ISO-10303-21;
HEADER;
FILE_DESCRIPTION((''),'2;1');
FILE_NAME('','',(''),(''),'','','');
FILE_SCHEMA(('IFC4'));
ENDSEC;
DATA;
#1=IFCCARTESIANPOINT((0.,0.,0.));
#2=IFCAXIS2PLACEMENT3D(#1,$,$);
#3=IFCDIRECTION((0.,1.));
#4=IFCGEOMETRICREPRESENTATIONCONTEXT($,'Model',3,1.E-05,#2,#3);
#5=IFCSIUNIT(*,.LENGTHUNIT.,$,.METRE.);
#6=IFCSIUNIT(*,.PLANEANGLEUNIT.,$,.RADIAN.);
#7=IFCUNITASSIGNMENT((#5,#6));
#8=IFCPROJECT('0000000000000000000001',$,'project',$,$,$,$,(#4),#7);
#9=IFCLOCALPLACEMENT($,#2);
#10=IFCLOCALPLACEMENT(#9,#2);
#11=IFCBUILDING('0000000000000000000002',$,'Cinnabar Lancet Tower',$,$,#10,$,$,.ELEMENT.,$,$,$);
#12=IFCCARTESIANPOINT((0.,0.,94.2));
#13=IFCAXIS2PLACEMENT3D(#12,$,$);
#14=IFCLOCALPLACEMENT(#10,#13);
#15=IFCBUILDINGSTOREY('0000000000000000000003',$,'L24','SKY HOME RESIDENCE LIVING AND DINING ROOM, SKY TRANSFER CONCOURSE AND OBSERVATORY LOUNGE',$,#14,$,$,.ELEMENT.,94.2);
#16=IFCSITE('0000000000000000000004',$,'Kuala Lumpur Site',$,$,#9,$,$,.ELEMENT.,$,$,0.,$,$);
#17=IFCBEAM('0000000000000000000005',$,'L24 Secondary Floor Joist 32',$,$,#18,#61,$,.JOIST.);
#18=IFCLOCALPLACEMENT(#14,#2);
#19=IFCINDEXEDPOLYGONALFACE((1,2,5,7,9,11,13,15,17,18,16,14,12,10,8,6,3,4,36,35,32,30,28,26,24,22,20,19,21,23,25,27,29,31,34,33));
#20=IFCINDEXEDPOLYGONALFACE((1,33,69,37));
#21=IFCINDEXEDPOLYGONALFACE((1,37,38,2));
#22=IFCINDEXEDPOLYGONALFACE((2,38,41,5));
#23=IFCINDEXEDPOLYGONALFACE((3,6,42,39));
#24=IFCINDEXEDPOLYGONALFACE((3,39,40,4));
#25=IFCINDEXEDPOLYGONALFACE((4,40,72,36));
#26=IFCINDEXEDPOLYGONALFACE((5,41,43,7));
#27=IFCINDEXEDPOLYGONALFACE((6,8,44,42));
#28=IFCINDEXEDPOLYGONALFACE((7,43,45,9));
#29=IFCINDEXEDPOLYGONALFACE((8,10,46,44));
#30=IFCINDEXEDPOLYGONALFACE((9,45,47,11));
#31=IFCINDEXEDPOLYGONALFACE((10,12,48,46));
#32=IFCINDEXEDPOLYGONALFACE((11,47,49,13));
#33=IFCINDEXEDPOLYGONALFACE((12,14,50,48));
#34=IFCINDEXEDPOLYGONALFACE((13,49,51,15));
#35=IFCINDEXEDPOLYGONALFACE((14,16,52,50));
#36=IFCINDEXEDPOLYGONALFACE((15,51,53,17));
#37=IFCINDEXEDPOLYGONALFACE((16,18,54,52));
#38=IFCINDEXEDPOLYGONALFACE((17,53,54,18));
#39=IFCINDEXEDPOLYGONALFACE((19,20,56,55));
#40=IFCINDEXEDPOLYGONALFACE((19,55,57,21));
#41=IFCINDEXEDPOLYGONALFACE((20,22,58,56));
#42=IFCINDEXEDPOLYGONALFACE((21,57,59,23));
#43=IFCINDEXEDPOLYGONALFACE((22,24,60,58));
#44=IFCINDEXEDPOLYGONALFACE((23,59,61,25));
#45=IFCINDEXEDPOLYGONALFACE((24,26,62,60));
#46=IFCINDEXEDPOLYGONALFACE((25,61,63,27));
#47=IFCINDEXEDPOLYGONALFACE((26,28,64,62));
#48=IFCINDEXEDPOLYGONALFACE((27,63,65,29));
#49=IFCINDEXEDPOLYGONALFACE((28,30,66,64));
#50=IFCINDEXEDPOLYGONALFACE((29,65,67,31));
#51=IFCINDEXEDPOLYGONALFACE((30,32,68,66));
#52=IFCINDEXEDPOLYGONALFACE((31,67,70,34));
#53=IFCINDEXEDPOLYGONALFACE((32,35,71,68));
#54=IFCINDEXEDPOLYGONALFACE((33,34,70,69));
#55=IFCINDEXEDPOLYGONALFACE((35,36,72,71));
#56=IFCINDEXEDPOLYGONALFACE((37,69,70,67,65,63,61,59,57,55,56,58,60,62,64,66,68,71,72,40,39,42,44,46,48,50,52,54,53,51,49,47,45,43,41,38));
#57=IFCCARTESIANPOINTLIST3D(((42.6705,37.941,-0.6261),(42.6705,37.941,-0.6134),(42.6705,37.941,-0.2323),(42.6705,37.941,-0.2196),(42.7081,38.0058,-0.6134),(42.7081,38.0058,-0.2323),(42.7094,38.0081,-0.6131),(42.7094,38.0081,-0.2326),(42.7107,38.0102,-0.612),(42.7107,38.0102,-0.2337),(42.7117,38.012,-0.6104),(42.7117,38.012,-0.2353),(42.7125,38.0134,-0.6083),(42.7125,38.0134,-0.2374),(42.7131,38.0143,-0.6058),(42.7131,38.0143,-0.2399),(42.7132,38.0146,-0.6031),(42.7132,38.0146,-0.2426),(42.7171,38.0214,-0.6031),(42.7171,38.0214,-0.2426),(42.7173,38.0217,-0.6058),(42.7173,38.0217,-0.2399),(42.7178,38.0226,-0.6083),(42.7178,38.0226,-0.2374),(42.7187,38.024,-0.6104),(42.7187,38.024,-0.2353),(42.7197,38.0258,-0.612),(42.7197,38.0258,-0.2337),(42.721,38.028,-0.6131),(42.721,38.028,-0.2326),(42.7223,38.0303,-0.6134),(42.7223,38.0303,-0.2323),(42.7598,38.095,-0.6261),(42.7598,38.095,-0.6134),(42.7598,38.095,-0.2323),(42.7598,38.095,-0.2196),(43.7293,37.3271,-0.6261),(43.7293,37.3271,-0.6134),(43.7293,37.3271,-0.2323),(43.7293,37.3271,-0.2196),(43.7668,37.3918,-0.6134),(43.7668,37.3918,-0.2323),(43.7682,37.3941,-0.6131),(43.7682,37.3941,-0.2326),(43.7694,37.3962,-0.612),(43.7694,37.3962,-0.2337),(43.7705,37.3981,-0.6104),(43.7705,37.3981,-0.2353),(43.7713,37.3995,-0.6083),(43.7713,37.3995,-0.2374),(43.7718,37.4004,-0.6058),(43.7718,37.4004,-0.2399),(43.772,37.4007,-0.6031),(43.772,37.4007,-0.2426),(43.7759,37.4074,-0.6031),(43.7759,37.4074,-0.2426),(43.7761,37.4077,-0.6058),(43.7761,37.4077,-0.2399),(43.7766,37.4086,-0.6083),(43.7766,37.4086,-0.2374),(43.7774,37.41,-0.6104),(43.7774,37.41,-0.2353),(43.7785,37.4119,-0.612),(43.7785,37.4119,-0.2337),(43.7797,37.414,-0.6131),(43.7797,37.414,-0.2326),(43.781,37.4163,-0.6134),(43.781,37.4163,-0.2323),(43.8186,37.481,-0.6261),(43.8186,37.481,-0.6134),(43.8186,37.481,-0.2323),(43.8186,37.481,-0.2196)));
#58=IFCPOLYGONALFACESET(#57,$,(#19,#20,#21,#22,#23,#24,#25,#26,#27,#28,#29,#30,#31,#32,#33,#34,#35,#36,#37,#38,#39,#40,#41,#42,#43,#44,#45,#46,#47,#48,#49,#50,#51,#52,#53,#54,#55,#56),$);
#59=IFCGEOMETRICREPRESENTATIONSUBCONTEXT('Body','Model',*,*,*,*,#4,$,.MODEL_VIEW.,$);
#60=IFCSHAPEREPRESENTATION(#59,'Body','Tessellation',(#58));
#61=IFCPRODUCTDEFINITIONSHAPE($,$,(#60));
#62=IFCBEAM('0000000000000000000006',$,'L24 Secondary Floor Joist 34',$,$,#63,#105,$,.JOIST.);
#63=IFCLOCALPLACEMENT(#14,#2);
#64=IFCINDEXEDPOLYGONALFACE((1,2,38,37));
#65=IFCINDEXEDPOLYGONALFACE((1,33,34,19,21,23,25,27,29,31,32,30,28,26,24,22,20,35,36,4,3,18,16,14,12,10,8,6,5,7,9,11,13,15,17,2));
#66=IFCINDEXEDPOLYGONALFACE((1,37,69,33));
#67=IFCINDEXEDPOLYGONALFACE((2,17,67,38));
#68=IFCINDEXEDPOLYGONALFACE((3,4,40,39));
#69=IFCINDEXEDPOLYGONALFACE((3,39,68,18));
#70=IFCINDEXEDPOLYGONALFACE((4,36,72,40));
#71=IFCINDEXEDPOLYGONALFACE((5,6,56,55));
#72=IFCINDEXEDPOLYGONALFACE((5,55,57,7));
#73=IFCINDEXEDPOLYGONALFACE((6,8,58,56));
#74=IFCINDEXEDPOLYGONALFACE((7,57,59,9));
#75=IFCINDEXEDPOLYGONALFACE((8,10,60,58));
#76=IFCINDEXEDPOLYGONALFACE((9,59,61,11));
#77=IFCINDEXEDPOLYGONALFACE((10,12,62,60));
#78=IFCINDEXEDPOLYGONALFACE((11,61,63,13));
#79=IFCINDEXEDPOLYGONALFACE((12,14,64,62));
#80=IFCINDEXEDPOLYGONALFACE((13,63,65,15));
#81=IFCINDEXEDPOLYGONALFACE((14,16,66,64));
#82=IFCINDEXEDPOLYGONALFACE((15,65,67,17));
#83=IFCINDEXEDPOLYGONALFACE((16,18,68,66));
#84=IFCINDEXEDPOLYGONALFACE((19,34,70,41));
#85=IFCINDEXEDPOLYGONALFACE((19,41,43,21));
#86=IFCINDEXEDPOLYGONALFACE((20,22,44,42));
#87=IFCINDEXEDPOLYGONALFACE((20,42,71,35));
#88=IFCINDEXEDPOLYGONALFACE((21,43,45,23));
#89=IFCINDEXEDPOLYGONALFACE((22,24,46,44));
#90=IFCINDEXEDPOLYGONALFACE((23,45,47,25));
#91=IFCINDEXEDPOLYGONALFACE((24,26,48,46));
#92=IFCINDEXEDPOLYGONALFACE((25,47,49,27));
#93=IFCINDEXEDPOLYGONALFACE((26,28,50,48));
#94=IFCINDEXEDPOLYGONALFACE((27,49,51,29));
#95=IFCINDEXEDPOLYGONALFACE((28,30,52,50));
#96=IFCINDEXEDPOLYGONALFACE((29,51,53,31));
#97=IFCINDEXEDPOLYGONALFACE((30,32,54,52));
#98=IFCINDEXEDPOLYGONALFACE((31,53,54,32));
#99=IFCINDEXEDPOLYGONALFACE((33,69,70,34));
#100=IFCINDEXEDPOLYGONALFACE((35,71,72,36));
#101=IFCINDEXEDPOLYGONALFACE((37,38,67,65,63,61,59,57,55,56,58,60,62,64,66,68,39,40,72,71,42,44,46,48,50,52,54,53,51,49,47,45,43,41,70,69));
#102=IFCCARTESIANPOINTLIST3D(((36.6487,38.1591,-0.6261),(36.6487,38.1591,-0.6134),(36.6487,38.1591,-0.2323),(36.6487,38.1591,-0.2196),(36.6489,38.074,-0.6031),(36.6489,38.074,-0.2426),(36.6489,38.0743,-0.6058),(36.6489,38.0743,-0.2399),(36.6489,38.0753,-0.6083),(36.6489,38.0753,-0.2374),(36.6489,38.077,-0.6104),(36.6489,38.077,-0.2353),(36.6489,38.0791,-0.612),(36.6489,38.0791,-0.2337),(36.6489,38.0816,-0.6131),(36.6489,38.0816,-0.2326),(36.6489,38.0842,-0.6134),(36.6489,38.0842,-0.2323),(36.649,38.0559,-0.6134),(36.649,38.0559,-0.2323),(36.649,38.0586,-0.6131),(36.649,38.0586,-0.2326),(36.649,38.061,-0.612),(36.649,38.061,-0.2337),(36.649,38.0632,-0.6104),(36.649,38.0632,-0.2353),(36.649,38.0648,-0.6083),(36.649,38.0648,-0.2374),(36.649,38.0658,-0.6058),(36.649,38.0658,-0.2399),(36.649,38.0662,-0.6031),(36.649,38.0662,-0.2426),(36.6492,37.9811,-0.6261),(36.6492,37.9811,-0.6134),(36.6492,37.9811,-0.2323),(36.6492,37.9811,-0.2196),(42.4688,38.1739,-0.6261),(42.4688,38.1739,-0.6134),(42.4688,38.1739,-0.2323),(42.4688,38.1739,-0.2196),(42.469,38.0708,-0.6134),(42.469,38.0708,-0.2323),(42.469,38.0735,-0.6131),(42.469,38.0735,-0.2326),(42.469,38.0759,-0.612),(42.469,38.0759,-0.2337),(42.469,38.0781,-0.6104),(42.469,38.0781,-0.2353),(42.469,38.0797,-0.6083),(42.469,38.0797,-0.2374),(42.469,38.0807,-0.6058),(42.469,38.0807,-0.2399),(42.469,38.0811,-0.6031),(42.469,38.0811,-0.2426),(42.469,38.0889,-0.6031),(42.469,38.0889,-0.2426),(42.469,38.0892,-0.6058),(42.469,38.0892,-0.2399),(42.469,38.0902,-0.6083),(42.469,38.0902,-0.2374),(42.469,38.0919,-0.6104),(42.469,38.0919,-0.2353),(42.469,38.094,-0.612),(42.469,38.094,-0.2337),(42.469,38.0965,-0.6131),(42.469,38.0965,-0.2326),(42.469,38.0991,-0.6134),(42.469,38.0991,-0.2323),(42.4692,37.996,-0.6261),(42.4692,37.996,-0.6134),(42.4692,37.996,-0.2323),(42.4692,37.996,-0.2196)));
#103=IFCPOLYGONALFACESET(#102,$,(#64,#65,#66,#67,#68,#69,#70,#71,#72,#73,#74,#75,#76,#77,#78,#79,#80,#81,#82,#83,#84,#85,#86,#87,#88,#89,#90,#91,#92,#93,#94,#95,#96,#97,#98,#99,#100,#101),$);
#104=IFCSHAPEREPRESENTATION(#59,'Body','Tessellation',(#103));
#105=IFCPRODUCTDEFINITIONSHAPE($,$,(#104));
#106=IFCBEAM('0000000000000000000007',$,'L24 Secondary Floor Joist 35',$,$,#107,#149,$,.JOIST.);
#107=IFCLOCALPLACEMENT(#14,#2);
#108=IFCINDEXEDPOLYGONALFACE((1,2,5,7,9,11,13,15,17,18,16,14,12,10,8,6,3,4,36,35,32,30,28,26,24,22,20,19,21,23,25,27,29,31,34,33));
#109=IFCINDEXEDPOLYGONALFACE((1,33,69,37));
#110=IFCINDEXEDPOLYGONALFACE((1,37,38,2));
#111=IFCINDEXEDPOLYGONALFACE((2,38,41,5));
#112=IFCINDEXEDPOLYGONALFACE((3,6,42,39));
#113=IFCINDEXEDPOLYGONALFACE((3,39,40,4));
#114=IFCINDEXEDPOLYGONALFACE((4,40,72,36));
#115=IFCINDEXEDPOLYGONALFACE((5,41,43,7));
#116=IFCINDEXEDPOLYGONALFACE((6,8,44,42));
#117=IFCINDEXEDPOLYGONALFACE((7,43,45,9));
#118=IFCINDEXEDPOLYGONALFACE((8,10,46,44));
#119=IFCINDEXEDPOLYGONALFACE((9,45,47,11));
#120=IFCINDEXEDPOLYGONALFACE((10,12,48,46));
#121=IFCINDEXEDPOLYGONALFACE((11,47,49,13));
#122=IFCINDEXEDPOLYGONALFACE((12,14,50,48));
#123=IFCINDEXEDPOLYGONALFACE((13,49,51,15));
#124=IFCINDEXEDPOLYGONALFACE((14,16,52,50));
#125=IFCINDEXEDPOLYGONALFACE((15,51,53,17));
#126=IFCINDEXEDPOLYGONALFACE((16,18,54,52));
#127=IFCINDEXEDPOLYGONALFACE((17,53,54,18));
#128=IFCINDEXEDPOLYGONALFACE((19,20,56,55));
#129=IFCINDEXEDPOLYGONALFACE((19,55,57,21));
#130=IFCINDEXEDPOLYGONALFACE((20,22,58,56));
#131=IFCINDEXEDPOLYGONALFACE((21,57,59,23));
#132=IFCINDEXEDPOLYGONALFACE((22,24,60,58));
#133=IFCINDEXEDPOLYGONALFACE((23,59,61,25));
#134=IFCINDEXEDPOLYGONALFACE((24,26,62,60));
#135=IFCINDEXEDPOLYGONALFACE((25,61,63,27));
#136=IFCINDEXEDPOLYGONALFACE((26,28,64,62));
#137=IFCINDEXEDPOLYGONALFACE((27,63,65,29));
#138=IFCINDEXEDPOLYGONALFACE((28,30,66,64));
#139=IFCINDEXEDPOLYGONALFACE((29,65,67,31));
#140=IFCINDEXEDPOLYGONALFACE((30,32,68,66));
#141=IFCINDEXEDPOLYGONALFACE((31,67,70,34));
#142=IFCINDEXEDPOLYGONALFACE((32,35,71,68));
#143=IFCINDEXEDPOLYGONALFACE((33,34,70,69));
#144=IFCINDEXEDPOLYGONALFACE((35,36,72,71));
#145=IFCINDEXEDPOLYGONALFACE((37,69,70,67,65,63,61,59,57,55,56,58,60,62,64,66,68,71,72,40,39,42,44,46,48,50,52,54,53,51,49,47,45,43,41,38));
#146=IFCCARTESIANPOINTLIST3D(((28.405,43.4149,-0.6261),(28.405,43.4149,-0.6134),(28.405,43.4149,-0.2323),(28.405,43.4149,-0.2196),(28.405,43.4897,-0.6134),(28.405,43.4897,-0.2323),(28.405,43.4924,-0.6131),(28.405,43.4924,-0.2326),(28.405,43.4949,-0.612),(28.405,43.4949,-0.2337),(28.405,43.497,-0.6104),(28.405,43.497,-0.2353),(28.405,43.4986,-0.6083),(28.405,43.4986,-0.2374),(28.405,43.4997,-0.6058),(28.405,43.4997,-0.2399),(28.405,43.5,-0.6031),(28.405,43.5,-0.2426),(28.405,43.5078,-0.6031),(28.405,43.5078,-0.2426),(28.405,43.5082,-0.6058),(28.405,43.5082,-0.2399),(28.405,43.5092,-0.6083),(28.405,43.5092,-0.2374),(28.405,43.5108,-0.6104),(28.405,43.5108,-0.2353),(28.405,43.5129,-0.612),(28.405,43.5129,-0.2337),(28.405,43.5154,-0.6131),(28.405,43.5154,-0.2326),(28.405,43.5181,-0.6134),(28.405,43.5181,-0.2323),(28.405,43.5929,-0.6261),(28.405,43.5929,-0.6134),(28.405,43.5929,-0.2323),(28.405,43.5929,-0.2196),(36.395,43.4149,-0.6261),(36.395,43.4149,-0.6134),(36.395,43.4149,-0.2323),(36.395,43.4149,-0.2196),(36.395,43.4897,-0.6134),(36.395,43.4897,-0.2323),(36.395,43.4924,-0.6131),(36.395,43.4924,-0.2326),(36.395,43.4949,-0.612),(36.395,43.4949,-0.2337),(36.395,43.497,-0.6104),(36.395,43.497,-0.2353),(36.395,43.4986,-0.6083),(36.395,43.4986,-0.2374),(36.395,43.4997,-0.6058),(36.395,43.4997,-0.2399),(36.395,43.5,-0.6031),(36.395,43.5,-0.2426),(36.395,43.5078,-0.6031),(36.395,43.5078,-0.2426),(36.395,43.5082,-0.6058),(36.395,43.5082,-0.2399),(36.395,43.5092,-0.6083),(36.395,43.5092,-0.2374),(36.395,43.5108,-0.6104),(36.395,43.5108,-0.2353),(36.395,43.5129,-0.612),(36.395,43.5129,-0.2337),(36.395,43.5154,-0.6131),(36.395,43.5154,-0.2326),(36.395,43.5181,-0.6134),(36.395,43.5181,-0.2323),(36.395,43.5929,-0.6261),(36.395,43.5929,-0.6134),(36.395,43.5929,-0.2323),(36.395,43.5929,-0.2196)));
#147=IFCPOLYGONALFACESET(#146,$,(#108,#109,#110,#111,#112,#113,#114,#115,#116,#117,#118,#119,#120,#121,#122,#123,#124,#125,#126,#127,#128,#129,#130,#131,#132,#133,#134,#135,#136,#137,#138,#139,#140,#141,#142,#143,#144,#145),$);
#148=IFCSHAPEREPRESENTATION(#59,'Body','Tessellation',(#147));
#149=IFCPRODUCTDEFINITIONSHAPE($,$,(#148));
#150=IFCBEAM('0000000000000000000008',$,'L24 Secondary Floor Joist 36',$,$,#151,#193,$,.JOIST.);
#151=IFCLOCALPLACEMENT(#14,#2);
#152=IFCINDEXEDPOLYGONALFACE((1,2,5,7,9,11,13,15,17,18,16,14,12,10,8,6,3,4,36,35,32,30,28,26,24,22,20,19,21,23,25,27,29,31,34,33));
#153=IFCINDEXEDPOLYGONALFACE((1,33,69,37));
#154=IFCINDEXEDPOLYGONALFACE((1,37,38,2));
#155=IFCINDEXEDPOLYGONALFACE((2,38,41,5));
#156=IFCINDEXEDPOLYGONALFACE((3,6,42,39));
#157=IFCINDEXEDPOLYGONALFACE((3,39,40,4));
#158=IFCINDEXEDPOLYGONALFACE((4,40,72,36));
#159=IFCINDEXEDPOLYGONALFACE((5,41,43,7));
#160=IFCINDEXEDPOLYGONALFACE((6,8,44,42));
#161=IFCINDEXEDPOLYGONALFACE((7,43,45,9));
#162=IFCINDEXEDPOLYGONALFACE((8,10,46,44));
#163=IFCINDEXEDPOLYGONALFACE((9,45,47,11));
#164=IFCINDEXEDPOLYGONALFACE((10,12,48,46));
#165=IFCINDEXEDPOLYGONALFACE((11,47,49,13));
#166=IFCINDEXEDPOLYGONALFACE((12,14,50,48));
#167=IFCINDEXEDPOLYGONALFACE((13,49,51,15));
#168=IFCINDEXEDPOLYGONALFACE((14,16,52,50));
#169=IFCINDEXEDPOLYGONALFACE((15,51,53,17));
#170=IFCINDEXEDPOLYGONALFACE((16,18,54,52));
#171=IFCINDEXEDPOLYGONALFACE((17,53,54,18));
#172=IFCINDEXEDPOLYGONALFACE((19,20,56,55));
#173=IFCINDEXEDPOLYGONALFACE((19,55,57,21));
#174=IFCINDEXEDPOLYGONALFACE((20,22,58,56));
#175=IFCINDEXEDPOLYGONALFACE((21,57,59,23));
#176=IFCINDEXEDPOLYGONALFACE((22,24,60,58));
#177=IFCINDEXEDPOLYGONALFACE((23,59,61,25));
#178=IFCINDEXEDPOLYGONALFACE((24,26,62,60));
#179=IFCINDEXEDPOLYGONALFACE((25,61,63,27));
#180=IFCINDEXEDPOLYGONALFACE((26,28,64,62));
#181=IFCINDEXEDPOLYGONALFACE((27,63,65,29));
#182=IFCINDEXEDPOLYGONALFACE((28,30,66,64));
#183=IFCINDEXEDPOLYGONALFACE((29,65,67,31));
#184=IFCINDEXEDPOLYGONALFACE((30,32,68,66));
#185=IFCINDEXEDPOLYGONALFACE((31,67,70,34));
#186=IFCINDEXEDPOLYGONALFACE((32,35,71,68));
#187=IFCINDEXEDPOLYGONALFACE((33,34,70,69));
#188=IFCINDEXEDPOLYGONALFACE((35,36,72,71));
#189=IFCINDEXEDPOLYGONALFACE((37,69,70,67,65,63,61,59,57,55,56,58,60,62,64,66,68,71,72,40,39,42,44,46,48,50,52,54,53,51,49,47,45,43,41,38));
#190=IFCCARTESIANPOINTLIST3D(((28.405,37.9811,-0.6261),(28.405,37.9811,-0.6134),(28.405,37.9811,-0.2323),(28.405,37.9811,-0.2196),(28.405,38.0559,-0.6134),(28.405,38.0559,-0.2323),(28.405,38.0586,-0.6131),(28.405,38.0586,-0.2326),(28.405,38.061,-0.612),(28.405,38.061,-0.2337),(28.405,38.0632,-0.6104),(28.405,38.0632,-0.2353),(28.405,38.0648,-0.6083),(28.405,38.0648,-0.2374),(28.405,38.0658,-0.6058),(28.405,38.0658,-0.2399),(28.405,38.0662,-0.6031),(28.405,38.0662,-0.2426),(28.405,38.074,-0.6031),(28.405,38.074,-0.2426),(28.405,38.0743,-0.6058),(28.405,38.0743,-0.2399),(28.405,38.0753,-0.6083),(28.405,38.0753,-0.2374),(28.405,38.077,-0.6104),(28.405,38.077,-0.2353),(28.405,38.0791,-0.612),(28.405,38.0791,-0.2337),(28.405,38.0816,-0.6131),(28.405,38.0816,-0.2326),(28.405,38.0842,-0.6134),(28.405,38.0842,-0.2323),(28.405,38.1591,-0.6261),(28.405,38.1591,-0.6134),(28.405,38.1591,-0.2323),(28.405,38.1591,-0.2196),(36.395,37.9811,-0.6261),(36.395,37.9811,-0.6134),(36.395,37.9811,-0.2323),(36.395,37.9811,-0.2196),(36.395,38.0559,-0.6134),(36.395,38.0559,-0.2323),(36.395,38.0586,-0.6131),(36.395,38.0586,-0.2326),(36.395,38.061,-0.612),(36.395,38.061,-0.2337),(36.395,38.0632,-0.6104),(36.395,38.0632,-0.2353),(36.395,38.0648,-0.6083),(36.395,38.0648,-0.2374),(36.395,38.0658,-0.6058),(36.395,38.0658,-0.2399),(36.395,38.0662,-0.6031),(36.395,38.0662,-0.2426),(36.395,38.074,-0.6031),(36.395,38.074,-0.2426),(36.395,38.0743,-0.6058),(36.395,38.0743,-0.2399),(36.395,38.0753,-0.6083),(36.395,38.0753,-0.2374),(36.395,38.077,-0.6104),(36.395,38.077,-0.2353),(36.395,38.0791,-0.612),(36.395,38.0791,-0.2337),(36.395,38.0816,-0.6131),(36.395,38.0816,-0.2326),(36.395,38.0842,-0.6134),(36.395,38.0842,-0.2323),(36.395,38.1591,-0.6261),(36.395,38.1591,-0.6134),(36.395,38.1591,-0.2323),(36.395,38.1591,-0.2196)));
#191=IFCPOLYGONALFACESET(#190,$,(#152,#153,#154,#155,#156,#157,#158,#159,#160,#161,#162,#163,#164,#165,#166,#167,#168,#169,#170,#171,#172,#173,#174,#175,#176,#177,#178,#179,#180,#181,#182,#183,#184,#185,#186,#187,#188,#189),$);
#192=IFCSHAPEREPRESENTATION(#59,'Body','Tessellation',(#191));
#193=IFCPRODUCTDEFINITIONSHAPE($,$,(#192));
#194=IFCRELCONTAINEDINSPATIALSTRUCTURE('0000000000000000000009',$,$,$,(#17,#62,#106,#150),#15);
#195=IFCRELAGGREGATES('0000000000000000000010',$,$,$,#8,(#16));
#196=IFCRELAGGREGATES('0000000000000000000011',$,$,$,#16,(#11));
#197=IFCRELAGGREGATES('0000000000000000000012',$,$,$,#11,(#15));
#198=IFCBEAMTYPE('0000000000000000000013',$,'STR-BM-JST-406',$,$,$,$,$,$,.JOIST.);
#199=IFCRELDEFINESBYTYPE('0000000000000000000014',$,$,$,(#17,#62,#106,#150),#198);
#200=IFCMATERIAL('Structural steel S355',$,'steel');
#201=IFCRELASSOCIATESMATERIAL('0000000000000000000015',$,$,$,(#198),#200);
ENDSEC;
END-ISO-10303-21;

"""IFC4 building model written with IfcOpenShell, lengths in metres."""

from ifc_helpers import new_model, si_unit, direction, frame, origin, origin_2d, place, context, subcontext, project, spatial, i_section, extrude, material, material_profile, profile_set, type_object, element, save


model = new_model("IFC4")

# Units and contexts
model_context = context("Model", 3, precision=1e-05, world=origin(), true_north=direction((0.0, 1.0)))
body_context = subcontext(model_context, "Body", "Model", "MODEL_VIEW")
ifc_project = project(units=[si_unit("LENGTHUNIT", "METRE"), si_unit("PLANEANGLEUNIT", "RADIAN")], contexts=[model_context])

# Site, building, storey
site_placement = place(None, origin())
site = spatial("IfcSite", under=ifc_project, at=site_placement, Name="Kuala Lumpur Site", CompositionType="ELEMENT", RefElevation=0.0)
building_placement = place(site_placement, origin())
building = spatial("IfcBuilding", under=site, at=building_placement, Name="Cinnabar Lancet Tower", CompositionType="ELEMENT")
storey_placement = place(building_placement, frame((0.0, 0.0, 94.2)))
storey = spatial("IfcBuildingStorey", under=building, at=storey_placement, Name="L24", Description="SKY HOME RESIDENCE LIVING AND DINING ROOM, SKY TRANSFER CONCOURSE AND OBSERVATORY LOUNGE", CompositionType="ELEMENT", Elevation=94.2)

# Beams
ifc_material_1 = material(Name="Structural steel S355", Category="steel")
ifc_material_profile = material_profile(ifc_material_1, i_section(OverallWidth=0.178, OverallDepth=0.4065, WebThickness=0.0078, FlangeThickness=0.0127, FilletRadius=0.0103, at=origin_2d()), Name="UKB 406x178x60")
ifc_profile_set = profile_set([ifc_material_profile], Name="Structural steel S355")
beam_type = type_object("IfcBeamType", Name="STR-BM-JST-406", PredefinedType="JOIST", material=ifc_profile_set)
beam_1_placement = place(storey_placement, frame((43.7739, 37.4041, -0.4229), z_axis=(-0.865071, 0.501649, 0.0), x_axis=(-0.501649, -0.865071, 0.0)))
element("IfcBeam", 1, at=beam_1_placement, inside=storey, type_object=beam_type, Name="L24 Secondary Floor Joist 32", PredefinedType="JOIST", context=body_context, shape_type="SweptSolid", body=[
    extrude(i_section(OverallWidth=0.178, OverallDepth=0.4065, WebThickness=0.0078, FlangeThickness=0.0127, FilletRadius=0.0103, at=origin_2d()), origin(), (0.0, 0.0, 1.0), 1.2239),
])
beam_2_placement = place(storey_placement, frame((42.469, 38.085, -0.4229), z_axis=(-0.999997, -0.002559, 0.0), x_axis=(0.002559, -0.999997, 0.0)))
element("IfcBeam", 2, at=beam_2_placement, inside=storey, type_object=beam_type, Name="L24 Secondary Floor Joist 34", PredefinedType="JOIST", context=body_context, shape_type="SweptSolid", body=[
    extrude(i_section(OverallWidth=0.178, OverallDepth=0.4065, WebThickness=0.0078, FlangeThickness=0.0127, FilletRadius=0.0103, at=origin_2d()), origin(), (0.0, 0.0, 1.0), 5.8201),
])
for number, where, z_axis, x_axis, name in (
    (3, (36.395, 43.5039, -0.4229), (-1.0, 0.0, 0.0), (0.0, -1.0, 0.0), "L24 Secondary Floor Joist 35"),
    (4, (36.395, 38.0701, -0.4229), (-1.0, 0.0, 0.0), (0.0, -1.0, 0.0), "L24 Secondary Floor Joist 36"),
):
    element("IfcBeam", number, at=place(storey_placement, frame(where, z_axis=z_axis, x_axis=x_axis)), inside=storey, type_object=beam_type, Name=name, PredefinedType="JOIST", context=body_context, shape_type="SweptSolid", body=[
        extrude(i_section(OverallWidth=0.178, OverallDepth=0.4065, WebThickness=0.0078, FlangeThickness=0.0127, FilletRadius=0.0103, at=origin_2d()), origin(), (0.0, 0.0, 1.0), 7.99),
    ])

save(model, "model.ifc")
